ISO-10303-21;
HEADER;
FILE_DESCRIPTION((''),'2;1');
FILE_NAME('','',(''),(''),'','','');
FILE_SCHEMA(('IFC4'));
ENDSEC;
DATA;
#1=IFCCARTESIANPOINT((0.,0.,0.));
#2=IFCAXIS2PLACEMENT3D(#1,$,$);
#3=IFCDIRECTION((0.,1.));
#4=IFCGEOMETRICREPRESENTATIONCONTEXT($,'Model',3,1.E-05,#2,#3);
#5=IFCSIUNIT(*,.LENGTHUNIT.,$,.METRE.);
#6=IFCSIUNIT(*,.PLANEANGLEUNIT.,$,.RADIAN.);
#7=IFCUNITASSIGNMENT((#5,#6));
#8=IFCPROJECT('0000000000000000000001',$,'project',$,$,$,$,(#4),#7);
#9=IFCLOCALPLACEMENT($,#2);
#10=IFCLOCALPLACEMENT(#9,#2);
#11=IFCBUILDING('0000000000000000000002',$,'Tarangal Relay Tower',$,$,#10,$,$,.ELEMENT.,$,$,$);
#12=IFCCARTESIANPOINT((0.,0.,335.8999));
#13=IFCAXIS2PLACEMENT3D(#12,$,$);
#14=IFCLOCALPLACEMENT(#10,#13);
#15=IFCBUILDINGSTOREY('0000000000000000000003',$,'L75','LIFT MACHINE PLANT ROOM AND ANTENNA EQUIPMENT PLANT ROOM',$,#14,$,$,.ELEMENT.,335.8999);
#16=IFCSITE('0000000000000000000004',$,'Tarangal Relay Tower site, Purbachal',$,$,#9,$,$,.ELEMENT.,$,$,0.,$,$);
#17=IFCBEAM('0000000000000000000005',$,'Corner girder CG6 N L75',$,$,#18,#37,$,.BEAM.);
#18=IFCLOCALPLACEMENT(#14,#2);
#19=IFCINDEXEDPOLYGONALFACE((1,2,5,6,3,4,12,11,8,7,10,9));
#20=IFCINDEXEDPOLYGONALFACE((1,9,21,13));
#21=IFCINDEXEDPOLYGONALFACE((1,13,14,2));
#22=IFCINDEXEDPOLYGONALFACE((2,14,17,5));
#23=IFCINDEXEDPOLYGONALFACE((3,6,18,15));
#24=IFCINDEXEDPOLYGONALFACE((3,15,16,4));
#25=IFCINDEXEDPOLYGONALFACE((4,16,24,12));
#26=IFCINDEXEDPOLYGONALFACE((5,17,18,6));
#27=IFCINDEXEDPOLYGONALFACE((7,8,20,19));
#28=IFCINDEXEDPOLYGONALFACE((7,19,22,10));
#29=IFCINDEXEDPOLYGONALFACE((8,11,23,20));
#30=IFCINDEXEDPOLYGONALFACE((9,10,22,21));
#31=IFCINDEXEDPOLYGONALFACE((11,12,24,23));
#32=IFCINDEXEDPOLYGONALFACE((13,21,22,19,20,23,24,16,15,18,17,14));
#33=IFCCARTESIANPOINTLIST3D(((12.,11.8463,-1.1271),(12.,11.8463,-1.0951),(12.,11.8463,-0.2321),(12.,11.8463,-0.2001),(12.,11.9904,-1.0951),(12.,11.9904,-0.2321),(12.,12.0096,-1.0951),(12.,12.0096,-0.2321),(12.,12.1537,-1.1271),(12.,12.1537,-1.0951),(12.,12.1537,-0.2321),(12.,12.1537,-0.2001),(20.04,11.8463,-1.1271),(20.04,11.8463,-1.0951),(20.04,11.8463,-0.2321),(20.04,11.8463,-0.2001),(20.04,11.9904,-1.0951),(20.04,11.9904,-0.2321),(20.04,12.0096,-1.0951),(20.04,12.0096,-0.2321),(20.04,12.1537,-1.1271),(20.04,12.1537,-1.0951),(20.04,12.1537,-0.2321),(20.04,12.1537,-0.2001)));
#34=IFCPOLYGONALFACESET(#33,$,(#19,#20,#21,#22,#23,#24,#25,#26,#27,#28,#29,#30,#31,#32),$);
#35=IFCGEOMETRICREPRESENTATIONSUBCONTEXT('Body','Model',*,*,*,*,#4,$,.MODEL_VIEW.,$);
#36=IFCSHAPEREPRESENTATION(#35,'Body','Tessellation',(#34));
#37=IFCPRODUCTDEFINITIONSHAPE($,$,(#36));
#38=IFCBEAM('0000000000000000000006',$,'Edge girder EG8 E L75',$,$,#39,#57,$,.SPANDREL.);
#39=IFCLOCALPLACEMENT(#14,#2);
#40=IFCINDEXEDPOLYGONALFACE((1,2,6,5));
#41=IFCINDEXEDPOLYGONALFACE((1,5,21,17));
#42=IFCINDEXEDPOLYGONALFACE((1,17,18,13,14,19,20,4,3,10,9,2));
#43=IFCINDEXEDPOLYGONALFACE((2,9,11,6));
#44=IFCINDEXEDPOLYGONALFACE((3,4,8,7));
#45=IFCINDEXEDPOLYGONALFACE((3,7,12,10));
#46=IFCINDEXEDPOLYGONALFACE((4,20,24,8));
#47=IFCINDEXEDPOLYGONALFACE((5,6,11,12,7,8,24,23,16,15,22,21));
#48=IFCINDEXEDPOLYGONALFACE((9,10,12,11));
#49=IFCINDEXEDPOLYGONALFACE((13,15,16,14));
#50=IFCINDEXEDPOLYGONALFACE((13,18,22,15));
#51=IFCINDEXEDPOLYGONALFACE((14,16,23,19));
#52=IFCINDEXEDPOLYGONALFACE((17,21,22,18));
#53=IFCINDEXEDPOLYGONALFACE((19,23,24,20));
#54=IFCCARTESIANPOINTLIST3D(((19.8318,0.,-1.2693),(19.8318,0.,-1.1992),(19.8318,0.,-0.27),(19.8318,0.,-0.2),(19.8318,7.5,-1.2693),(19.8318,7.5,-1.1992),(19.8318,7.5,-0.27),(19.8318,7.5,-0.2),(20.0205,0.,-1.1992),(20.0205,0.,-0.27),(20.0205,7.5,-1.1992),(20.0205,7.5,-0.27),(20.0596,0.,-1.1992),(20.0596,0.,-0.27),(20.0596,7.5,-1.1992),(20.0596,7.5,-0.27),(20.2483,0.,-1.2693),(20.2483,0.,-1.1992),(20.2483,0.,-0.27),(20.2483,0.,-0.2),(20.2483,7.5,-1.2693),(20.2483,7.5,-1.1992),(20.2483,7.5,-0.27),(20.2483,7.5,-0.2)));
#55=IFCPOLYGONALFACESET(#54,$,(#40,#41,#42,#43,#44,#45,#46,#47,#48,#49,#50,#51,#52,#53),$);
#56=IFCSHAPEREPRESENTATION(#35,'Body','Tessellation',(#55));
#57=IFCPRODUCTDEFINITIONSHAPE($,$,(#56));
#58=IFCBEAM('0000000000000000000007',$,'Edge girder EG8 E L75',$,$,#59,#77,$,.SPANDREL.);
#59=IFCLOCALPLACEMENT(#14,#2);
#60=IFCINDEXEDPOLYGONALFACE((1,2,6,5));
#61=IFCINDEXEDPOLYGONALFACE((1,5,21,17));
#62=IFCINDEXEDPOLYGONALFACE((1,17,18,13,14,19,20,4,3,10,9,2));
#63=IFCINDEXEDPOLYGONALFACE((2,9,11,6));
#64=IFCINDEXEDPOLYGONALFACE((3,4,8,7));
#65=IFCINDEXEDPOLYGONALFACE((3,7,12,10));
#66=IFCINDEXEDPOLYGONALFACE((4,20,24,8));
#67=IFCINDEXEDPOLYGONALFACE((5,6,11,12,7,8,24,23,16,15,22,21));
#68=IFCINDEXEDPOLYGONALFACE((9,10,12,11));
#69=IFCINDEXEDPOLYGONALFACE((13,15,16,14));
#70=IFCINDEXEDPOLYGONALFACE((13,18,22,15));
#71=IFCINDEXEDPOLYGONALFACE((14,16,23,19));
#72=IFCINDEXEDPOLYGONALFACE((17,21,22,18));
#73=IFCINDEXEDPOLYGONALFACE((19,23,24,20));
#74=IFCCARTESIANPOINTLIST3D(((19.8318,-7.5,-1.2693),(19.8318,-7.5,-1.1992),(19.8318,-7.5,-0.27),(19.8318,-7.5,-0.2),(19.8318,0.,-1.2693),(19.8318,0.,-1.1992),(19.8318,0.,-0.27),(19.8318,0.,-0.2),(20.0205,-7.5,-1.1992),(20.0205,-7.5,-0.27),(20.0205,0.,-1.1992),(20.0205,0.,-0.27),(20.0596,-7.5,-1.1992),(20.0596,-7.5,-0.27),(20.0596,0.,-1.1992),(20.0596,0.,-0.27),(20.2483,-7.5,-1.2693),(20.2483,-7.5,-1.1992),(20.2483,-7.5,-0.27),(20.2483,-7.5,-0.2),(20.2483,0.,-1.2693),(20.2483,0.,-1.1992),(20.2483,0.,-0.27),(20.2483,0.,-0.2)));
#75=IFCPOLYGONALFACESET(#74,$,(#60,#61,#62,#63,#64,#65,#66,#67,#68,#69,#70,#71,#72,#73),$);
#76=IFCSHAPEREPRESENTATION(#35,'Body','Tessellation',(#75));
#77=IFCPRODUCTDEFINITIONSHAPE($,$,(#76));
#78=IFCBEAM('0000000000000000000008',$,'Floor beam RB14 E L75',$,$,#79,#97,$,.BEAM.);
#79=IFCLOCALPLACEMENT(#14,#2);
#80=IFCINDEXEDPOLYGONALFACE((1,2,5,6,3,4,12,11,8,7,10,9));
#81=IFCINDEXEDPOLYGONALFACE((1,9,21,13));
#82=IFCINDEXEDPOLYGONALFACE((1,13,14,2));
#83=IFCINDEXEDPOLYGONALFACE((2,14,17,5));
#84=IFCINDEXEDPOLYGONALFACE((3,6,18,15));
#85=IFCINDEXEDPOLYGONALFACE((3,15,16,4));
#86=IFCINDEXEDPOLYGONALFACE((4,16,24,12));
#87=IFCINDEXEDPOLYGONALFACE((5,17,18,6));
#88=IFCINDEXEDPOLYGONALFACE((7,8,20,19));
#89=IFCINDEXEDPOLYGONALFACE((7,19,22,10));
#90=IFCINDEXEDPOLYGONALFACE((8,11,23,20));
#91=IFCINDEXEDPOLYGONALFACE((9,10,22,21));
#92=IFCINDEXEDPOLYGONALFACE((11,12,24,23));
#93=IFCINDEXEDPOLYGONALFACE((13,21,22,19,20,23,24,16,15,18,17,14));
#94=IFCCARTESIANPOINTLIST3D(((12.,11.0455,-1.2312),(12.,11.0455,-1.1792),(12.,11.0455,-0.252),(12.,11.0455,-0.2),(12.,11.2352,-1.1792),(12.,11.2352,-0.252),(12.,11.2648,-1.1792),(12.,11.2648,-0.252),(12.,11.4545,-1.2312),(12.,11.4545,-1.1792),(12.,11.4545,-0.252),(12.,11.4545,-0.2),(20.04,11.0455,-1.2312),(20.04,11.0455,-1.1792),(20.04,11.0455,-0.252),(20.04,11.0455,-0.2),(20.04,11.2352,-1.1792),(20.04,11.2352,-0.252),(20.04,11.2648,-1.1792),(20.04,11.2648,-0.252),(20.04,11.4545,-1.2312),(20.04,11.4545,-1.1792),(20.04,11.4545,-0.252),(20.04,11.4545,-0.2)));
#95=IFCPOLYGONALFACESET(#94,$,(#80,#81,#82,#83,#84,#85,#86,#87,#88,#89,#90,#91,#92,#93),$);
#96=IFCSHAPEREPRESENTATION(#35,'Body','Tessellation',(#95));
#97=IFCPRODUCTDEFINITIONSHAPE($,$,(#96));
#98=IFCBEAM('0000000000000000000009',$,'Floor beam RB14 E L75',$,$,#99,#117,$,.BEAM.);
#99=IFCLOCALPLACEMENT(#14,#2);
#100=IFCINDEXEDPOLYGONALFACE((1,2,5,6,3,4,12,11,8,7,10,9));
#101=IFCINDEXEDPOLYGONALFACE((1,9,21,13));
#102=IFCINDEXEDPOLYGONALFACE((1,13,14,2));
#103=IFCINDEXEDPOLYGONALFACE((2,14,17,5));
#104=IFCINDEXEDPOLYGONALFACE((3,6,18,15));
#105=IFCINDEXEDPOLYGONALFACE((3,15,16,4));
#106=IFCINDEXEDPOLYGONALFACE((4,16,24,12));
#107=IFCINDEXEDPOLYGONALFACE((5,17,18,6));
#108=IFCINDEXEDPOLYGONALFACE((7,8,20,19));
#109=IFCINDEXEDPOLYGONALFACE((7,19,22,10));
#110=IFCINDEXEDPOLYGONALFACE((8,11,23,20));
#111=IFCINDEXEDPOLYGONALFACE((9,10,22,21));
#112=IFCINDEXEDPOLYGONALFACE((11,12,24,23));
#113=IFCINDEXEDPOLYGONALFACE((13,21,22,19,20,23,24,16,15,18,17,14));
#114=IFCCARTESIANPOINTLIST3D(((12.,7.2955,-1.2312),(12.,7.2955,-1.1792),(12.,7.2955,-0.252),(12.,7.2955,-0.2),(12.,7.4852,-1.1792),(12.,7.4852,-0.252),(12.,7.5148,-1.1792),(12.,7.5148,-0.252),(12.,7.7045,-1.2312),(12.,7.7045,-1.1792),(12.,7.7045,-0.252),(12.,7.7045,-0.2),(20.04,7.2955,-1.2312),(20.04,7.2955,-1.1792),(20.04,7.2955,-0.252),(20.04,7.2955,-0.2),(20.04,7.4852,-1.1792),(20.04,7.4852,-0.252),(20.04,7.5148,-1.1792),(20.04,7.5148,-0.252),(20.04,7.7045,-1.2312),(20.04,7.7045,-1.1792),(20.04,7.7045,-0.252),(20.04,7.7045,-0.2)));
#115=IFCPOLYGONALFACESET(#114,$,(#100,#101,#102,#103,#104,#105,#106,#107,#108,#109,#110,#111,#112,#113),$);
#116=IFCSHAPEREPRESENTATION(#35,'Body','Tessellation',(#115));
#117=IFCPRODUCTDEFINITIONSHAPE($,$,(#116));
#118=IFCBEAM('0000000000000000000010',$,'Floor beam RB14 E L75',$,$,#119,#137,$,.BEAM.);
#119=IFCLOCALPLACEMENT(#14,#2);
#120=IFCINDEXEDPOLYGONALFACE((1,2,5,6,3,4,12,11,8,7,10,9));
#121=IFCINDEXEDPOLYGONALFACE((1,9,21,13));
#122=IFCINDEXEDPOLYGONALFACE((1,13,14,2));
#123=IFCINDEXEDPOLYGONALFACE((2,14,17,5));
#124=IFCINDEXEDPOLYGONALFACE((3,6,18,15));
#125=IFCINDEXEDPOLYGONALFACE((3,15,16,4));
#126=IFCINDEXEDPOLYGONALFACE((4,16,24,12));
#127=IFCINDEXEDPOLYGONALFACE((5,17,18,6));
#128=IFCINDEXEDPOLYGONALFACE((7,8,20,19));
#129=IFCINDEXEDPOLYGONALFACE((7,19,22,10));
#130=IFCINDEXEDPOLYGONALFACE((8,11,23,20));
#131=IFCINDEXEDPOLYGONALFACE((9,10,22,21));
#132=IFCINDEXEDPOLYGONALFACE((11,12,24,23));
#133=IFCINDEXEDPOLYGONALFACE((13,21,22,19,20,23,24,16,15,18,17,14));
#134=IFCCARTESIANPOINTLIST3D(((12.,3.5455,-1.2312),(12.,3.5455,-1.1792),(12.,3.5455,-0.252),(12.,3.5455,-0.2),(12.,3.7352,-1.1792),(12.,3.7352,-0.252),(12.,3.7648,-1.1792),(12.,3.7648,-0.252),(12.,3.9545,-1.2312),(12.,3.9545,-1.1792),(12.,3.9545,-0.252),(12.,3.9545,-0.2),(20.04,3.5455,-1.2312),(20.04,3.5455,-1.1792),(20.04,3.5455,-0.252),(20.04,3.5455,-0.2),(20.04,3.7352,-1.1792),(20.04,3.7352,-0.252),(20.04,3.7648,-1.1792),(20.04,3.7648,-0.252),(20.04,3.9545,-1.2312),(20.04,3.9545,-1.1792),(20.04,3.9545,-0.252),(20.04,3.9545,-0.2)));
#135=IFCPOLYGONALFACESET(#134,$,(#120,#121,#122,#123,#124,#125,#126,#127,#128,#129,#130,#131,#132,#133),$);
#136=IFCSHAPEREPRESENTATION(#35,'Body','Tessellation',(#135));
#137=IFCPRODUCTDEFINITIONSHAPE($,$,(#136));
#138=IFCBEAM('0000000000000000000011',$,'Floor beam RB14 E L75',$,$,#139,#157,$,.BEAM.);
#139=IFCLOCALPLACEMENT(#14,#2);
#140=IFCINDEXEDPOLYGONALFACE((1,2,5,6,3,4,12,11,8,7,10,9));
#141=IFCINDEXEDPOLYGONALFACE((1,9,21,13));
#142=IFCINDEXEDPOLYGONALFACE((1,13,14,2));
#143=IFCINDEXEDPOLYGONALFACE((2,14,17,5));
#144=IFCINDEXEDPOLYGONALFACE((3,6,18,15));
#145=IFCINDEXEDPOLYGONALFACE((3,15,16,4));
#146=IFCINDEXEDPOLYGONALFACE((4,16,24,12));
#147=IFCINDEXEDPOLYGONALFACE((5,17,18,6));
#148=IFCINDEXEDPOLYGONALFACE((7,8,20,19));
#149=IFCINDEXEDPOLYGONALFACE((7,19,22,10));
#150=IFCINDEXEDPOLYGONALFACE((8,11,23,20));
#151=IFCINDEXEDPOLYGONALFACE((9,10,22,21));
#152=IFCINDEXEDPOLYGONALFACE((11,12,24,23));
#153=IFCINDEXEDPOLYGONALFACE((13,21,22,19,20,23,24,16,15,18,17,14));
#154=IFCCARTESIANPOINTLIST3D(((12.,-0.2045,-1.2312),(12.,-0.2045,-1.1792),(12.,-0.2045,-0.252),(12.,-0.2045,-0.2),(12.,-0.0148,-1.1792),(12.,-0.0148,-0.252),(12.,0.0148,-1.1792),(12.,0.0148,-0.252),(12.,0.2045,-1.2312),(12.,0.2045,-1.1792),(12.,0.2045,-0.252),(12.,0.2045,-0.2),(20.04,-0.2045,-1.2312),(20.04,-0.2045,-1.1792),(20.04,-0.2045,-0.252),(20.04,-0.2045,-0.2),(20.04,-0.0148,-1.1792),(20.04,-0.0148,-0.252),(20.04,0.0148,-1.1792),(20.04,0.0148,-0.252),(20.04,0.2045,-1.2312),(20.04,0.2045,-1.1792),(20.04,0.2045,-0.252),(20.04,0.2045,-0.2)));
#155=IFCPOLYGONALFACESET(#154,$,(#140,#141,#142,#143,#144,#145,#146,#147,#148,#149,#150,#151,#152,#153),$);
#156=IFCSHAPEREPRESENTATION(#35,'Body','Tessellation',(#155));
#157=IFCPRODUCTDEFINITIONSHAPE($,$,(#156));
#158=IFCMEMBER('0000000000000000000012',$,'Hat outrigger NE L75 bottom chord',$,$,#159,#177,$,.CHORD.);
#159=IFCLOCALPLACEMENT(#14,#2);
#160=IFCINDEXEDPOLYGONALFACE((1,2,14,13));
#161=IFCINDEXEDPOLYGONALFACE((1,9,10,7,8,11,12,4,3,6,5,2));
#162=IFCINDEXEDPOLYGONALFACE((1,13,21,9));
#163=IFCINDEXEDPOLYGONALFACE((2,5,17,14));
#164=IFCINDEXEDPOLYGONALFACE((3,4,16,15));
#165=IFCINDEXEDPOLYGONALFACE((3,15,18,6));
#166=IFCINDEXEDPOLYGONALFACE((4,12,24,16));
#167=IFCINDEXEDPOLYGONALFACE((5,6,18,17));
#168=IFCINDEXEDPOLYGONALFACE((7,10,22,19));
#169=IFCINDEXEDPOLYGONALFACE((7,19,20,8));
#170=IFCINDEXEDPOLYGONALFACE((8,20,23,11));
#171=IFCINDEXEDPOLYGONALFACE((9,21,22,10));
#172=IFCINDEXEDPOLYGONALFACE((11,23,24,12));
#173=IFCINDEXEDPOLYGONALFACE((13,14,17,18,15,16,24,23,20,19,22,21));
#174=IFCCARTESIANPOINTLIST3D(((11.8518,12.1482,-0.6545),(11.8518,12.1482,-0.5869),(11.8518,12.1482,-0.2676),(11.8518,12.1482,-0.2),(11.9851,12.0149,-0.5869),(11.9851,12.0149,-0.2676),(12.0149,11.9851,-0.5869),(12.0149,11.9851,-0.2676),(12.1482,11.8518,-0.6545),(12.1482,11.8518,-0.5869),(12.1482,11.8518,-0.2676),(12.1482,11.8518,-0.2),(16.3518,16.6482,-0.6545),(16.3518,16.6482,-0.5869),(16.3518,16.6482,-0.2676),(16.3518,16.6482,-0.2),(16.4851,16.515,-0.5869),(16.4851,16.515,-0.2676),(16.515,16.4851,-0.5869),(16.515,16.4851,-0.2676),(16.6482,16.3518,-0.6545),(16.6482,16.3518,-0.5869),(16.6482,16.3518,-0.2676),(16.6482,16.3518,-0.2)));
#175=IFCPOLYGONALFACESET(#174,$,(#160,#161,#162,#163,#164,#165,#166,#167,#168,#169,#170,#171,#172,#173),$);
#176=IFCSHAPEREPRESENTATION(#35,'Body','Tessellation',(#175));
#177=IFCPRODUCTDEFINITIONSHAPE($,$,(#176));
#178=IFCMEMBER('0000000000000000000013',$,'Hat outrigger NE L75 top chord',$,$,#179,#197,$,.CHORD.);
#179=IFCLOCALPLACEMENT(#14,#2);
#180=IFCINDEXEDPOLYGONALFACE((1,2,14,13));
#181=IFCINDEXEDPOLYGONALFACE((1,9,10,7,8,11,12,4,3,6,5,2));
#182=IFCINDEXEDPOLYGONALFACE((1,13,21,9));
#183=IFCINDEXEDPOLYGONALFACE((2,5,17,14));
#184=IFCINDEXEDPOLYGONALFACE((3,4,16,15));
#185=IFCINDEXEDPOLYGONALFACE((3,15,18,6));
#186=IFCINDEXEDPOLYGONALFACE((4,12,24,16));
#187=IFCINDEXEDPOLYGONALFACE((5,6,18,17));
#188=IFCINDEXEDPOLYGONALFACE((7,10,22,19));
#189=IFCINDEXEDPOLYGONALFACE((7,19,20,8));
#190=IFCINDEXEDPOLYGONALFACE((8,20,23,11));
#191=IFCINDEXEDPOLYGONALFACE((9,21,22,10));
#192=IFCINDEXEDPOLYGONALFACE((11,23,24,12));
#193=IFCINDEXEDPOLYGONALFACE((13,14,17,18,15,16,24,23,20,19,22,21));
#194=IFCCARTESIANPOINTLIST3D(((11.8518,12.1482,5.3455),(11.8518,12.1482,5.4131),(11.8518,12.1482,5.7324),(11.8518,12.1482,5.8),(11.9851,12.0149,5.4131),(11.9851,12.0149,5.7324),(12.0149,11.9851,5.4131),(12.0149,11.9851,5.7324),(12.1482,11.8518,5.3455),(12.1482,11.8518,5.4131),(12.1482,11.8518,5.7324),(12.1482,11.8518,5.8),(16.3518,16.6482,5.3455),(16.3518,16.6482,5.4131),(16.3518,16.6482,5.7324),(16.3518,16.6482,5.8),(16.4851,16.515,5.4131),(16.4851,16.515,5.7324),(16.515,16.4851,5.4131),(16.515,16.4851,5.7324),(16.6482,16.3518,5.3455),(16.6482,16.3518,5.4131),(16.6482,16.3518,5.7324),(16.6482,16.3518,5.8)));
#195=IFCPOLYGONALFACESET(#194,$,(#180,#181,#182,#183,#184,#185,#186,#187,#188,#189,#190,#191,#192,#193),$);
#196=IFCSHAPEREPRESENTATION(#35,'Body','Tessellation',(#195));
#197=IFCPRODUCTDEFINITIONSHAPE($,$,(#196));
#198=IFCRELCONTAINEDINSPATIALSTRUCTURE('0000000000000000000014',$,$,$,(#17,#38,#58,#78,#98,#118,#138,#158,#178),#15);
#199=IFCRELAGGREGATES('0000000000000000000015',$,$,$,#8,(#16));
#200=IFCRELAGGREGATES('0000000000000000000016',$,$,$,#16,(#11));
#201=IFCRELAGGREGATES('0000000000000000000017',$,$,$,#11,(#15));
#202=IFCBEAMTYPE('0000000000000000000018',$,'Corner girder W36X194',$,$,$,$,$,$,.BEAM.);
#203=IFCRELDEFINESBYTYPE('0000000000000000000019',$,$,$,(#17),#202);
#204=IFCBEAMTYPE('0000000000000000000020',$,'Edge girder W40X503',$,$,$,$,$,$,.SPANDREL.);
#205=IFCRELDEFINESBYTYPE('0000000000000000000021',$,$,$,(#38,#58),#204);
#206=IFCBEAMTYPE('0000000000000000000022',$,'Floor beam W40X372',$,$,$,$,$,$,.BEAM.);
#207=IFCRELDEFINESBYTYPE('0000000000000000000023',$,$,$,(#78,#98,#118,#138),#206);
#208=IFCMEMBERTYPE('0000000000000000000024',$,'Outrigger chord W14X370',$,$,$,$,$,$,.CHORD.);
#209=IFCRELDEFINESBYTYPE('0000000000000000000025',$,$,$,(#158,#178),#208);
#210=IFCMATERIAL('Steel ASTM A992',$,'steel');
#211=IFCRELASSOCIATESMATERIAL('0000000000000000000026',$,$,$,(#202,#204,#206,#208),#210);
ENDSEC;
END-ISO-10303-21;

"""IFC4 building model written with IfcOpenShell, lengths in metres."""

from ifc_helpers import new_model, si_unit, direction, frame, origin, origin_2d, place, context, subcontext, project, spatial, i_section, extrude, material, material_profile, profile_set, type_object, element, save


model = new_model("IFC4")

# Units and contexts
model_context = context("Model", 3, precision=1e-05, world=origin(), true_north=direction((0.0, 1.0)))
body_context = subcontext(model_context, "Body", "Model", "MODEL_VIEW")
ifc_project = project(units=[si_unit("LENGTHUNIT", "METRE"), si_unit("PLANEANGLEUNIT", "RADIAN")], contexts=[model_context])

# Site, building, storey
site_placement = place(None, origin())
site = spatial("IfcSite", under=ifc_project, at=site_placement, Name="Tarangal Relay Tower site, Purbachal", CompositionType="ELEMENT", RefElevation=0.0)
building_placement = place(site_placement, origin())
building = spatial("IfcBuilding", under=site, at=building_placement, Name="Tarangal Relay Tower", CompositionType="ELEMENT")
storey_placement = place(building_placement, frame((0.0, 0.0, 335.8999)))
storey = spatial("IfcBuildingStorey", under=building, at=storey_placement, Name="L75", Description="LIFT MACHINE PLANT ROOM AND ANTENNA EQUIPMENT PLANT ROOM", CompositionType="ELEMENT", Elevation=335.8999)

# Shared definitions
ifc_material_1 = material(Name="Steel ASTM A992", Category="steel")

# Beams
ifc_material_profile_1 = material_profile(ifc_material_1, i_section(OverallWidth=0.3074, OverallDepth=0.927, WebThickness=0.0193, FlangeThickness=0.032, at=origin_2d()), Name="W36X194")
ifc_profile_set_1 = profile_set([ifc_material_profile_1], Name="Steel ASTM A992")
beam_type_1 = type_object("IfcBeamType", Name="Corner girder W36X194", PredefinedType="BEAM", material=ifc_profile_set_1)
beam_placement = place(storey_placement, frame((12.0, 12.0, -0.6636), z_axis=(1.0, 0.0, 0.0), x_axis=(0.0, 1.0, 0.0)))
element("IfcBeam", 1, at=beam_placement, inside=storey, type_object=beam_type_1, Name="Corner girder CG6 N L75", PredefinedType="BEAM", context=body_context, shape_type="SweptSolid", body=[
    extrude(i_section(OverallWidth=0.3074, OverallDepth=0.927, WebThickness=0.0193, FlangeThickness=0.032, at=origin_2d()), origin(), (0.0, 0.0, 1.0), 8.04),
])
ifc_material_profile_2 = material_profile(ifc_material_1, i_section(OverallWidth=0.4165, OverallDepth=1.0693, WebThickness=0.0391, FlangeThickness=0.0701, at=origin_2d()), Name="W40X503")
ifc_profile_set_2 = profile_set([ifc_material_profile_2], Name="Steel ASTM A992")
beam_type_2 = type_object("IfcBeamType", Name="Edge girder W40X503", PredefinedType="SPANDREL", material=ifc_profile_set_2)
for number, where, z_axis, x_axis, name in (
    (2, (20.04, 7.5, -0.7346), (0.0, -1.0, 0.0), (1.0, 0.0, 0.0), "Edge girder EG8 E L75"),
    (3, (20.04, 0.0, -0.7346), (0.0, -1.0, 0.0), (1.0, 0.0, 0.0), "Edge girder EG8 E L75"),
):
    element("IfcBeam", number, at=place(storey_placement, frame(where, z_axis=z_axis, x_axis=x_axis)), inside=storey, type_object=beam_type_2, Name=name, PredefinedType="SPANDREL", context=body_context, shape_type="SweptSolid", body=[
        extrude(i_section(OverallWidth=0.4165, OverallDepth=1.0693, WebThickness=0.0391, FlangeThickness=0.0701, at=origin_2d()), origin(), (0.0, 0.0, 1.0), 7.5),
    ])
ifc_material_profile_3 = material_profile(ifc_material_1, i_section(OverallWidth=0.4089, OverallDepth=1.0312, WebThickness=0.0295, FlangeThickness=0.052, at=origin_2d()), Name="W40X372")
ifc_profile_set_3 = profile_set([ifc_material_profile_3], Name="Steel ASTM A992")
beam_type_3 = type_object("IfcBeamType", Name="Floor beam W40X372", PredefinedType="BEAM", material=ifc_profile_set_3)
for number, where, z_axis, x_axis, name in (
    (4, (12.0, 11.25, -0.7156), (1.0, 0.0, 0.0), (0.0, 1.0, 0.0), "Floor beam RB14 E L75"),
    (5, (12.0, 7.5, -0.7156), (1.0, 0.0, 0.0), (0.0, 1.0, 0.0), "Floor beam RB14 E L75"),
    (6, (12.0, 3.75, -0.7156), (1.0, 0.0, 0.0), (0.0, 1.0, 0.0), "Floor beam RB14 E L75"),
    (7, (12.0, 0.0, -0.7156), (1.0, 0.0, 0.0), (0.0, 1.0, 0.0), "Floor beam RB14 E L75"),
):
    element("IfcBeam", number, at=place(storey_placement, frame(where, z_axis=z_axis, x_axis=x_axis)), inside=storey, type_object=beam_type_3, Name=name, PredefinedType="BEAM", context=body_context, shape_type="SweptSolid", body=[
        extrude(i_section(OverallWidth=0.4089, OverallDepth=1.0312, WebThickness=0.0295, FlangeThickness=0.052, at=origin_2d()), origin(), (0.0, 0.0, 1.0), 8.04),
    ])

# Members
ifc_material_profile_4 = material_profile(ifc_material_1, i_section(OverallWidth=0.4192, OverallDepth=0.4546, WebThickness=0.0422, FlangeThickness=0.0676, at=origin_2d()), Name="W14X370")
ifc_profile_set_4 = profile_set([ifc_material_profile_4], Name="Steel ASTM A992")
member_type_1 = type_object("IfcMemberType", Name="Outrigger chord W14X370", PredefinedType="CHORD", material=ifc_profile_set_4)
for number, where, z_axis, x_axis, name in (
    (8, (12.0, 12.0, -0.4272), (0.707107, 0.707107, 0.0), (-0.707107, 0.707107, 0.0), "Hat outrigger NE L75 bottom chord"),
    (9, (12.0, 12.0, 5.5728), (0.707107, 0.707107, 0.0), (-0.707107, 0.707107, 0.0), "Hat outrigger NE L75 top chord"),
):
    element("IfcMember", number, at=place(storey_placement, frame(where, z_axis=z_axis, x_axis=x_axis)), inside=storey, type_object=member_type_1, Name=name, PredefinedType="CHORD", context=body_context, shape_type="SweptSolid", body=[
        extrude(i_section(OverallWidth=0.4192, OverallDepth=0.4546, WebThickness=0.0422, FlangeThickness=0.0676, at=origin_2d()), origin(), (0.0, 0.0, 1.0), 6.364),
    ])

save(model, "model.ifc")
